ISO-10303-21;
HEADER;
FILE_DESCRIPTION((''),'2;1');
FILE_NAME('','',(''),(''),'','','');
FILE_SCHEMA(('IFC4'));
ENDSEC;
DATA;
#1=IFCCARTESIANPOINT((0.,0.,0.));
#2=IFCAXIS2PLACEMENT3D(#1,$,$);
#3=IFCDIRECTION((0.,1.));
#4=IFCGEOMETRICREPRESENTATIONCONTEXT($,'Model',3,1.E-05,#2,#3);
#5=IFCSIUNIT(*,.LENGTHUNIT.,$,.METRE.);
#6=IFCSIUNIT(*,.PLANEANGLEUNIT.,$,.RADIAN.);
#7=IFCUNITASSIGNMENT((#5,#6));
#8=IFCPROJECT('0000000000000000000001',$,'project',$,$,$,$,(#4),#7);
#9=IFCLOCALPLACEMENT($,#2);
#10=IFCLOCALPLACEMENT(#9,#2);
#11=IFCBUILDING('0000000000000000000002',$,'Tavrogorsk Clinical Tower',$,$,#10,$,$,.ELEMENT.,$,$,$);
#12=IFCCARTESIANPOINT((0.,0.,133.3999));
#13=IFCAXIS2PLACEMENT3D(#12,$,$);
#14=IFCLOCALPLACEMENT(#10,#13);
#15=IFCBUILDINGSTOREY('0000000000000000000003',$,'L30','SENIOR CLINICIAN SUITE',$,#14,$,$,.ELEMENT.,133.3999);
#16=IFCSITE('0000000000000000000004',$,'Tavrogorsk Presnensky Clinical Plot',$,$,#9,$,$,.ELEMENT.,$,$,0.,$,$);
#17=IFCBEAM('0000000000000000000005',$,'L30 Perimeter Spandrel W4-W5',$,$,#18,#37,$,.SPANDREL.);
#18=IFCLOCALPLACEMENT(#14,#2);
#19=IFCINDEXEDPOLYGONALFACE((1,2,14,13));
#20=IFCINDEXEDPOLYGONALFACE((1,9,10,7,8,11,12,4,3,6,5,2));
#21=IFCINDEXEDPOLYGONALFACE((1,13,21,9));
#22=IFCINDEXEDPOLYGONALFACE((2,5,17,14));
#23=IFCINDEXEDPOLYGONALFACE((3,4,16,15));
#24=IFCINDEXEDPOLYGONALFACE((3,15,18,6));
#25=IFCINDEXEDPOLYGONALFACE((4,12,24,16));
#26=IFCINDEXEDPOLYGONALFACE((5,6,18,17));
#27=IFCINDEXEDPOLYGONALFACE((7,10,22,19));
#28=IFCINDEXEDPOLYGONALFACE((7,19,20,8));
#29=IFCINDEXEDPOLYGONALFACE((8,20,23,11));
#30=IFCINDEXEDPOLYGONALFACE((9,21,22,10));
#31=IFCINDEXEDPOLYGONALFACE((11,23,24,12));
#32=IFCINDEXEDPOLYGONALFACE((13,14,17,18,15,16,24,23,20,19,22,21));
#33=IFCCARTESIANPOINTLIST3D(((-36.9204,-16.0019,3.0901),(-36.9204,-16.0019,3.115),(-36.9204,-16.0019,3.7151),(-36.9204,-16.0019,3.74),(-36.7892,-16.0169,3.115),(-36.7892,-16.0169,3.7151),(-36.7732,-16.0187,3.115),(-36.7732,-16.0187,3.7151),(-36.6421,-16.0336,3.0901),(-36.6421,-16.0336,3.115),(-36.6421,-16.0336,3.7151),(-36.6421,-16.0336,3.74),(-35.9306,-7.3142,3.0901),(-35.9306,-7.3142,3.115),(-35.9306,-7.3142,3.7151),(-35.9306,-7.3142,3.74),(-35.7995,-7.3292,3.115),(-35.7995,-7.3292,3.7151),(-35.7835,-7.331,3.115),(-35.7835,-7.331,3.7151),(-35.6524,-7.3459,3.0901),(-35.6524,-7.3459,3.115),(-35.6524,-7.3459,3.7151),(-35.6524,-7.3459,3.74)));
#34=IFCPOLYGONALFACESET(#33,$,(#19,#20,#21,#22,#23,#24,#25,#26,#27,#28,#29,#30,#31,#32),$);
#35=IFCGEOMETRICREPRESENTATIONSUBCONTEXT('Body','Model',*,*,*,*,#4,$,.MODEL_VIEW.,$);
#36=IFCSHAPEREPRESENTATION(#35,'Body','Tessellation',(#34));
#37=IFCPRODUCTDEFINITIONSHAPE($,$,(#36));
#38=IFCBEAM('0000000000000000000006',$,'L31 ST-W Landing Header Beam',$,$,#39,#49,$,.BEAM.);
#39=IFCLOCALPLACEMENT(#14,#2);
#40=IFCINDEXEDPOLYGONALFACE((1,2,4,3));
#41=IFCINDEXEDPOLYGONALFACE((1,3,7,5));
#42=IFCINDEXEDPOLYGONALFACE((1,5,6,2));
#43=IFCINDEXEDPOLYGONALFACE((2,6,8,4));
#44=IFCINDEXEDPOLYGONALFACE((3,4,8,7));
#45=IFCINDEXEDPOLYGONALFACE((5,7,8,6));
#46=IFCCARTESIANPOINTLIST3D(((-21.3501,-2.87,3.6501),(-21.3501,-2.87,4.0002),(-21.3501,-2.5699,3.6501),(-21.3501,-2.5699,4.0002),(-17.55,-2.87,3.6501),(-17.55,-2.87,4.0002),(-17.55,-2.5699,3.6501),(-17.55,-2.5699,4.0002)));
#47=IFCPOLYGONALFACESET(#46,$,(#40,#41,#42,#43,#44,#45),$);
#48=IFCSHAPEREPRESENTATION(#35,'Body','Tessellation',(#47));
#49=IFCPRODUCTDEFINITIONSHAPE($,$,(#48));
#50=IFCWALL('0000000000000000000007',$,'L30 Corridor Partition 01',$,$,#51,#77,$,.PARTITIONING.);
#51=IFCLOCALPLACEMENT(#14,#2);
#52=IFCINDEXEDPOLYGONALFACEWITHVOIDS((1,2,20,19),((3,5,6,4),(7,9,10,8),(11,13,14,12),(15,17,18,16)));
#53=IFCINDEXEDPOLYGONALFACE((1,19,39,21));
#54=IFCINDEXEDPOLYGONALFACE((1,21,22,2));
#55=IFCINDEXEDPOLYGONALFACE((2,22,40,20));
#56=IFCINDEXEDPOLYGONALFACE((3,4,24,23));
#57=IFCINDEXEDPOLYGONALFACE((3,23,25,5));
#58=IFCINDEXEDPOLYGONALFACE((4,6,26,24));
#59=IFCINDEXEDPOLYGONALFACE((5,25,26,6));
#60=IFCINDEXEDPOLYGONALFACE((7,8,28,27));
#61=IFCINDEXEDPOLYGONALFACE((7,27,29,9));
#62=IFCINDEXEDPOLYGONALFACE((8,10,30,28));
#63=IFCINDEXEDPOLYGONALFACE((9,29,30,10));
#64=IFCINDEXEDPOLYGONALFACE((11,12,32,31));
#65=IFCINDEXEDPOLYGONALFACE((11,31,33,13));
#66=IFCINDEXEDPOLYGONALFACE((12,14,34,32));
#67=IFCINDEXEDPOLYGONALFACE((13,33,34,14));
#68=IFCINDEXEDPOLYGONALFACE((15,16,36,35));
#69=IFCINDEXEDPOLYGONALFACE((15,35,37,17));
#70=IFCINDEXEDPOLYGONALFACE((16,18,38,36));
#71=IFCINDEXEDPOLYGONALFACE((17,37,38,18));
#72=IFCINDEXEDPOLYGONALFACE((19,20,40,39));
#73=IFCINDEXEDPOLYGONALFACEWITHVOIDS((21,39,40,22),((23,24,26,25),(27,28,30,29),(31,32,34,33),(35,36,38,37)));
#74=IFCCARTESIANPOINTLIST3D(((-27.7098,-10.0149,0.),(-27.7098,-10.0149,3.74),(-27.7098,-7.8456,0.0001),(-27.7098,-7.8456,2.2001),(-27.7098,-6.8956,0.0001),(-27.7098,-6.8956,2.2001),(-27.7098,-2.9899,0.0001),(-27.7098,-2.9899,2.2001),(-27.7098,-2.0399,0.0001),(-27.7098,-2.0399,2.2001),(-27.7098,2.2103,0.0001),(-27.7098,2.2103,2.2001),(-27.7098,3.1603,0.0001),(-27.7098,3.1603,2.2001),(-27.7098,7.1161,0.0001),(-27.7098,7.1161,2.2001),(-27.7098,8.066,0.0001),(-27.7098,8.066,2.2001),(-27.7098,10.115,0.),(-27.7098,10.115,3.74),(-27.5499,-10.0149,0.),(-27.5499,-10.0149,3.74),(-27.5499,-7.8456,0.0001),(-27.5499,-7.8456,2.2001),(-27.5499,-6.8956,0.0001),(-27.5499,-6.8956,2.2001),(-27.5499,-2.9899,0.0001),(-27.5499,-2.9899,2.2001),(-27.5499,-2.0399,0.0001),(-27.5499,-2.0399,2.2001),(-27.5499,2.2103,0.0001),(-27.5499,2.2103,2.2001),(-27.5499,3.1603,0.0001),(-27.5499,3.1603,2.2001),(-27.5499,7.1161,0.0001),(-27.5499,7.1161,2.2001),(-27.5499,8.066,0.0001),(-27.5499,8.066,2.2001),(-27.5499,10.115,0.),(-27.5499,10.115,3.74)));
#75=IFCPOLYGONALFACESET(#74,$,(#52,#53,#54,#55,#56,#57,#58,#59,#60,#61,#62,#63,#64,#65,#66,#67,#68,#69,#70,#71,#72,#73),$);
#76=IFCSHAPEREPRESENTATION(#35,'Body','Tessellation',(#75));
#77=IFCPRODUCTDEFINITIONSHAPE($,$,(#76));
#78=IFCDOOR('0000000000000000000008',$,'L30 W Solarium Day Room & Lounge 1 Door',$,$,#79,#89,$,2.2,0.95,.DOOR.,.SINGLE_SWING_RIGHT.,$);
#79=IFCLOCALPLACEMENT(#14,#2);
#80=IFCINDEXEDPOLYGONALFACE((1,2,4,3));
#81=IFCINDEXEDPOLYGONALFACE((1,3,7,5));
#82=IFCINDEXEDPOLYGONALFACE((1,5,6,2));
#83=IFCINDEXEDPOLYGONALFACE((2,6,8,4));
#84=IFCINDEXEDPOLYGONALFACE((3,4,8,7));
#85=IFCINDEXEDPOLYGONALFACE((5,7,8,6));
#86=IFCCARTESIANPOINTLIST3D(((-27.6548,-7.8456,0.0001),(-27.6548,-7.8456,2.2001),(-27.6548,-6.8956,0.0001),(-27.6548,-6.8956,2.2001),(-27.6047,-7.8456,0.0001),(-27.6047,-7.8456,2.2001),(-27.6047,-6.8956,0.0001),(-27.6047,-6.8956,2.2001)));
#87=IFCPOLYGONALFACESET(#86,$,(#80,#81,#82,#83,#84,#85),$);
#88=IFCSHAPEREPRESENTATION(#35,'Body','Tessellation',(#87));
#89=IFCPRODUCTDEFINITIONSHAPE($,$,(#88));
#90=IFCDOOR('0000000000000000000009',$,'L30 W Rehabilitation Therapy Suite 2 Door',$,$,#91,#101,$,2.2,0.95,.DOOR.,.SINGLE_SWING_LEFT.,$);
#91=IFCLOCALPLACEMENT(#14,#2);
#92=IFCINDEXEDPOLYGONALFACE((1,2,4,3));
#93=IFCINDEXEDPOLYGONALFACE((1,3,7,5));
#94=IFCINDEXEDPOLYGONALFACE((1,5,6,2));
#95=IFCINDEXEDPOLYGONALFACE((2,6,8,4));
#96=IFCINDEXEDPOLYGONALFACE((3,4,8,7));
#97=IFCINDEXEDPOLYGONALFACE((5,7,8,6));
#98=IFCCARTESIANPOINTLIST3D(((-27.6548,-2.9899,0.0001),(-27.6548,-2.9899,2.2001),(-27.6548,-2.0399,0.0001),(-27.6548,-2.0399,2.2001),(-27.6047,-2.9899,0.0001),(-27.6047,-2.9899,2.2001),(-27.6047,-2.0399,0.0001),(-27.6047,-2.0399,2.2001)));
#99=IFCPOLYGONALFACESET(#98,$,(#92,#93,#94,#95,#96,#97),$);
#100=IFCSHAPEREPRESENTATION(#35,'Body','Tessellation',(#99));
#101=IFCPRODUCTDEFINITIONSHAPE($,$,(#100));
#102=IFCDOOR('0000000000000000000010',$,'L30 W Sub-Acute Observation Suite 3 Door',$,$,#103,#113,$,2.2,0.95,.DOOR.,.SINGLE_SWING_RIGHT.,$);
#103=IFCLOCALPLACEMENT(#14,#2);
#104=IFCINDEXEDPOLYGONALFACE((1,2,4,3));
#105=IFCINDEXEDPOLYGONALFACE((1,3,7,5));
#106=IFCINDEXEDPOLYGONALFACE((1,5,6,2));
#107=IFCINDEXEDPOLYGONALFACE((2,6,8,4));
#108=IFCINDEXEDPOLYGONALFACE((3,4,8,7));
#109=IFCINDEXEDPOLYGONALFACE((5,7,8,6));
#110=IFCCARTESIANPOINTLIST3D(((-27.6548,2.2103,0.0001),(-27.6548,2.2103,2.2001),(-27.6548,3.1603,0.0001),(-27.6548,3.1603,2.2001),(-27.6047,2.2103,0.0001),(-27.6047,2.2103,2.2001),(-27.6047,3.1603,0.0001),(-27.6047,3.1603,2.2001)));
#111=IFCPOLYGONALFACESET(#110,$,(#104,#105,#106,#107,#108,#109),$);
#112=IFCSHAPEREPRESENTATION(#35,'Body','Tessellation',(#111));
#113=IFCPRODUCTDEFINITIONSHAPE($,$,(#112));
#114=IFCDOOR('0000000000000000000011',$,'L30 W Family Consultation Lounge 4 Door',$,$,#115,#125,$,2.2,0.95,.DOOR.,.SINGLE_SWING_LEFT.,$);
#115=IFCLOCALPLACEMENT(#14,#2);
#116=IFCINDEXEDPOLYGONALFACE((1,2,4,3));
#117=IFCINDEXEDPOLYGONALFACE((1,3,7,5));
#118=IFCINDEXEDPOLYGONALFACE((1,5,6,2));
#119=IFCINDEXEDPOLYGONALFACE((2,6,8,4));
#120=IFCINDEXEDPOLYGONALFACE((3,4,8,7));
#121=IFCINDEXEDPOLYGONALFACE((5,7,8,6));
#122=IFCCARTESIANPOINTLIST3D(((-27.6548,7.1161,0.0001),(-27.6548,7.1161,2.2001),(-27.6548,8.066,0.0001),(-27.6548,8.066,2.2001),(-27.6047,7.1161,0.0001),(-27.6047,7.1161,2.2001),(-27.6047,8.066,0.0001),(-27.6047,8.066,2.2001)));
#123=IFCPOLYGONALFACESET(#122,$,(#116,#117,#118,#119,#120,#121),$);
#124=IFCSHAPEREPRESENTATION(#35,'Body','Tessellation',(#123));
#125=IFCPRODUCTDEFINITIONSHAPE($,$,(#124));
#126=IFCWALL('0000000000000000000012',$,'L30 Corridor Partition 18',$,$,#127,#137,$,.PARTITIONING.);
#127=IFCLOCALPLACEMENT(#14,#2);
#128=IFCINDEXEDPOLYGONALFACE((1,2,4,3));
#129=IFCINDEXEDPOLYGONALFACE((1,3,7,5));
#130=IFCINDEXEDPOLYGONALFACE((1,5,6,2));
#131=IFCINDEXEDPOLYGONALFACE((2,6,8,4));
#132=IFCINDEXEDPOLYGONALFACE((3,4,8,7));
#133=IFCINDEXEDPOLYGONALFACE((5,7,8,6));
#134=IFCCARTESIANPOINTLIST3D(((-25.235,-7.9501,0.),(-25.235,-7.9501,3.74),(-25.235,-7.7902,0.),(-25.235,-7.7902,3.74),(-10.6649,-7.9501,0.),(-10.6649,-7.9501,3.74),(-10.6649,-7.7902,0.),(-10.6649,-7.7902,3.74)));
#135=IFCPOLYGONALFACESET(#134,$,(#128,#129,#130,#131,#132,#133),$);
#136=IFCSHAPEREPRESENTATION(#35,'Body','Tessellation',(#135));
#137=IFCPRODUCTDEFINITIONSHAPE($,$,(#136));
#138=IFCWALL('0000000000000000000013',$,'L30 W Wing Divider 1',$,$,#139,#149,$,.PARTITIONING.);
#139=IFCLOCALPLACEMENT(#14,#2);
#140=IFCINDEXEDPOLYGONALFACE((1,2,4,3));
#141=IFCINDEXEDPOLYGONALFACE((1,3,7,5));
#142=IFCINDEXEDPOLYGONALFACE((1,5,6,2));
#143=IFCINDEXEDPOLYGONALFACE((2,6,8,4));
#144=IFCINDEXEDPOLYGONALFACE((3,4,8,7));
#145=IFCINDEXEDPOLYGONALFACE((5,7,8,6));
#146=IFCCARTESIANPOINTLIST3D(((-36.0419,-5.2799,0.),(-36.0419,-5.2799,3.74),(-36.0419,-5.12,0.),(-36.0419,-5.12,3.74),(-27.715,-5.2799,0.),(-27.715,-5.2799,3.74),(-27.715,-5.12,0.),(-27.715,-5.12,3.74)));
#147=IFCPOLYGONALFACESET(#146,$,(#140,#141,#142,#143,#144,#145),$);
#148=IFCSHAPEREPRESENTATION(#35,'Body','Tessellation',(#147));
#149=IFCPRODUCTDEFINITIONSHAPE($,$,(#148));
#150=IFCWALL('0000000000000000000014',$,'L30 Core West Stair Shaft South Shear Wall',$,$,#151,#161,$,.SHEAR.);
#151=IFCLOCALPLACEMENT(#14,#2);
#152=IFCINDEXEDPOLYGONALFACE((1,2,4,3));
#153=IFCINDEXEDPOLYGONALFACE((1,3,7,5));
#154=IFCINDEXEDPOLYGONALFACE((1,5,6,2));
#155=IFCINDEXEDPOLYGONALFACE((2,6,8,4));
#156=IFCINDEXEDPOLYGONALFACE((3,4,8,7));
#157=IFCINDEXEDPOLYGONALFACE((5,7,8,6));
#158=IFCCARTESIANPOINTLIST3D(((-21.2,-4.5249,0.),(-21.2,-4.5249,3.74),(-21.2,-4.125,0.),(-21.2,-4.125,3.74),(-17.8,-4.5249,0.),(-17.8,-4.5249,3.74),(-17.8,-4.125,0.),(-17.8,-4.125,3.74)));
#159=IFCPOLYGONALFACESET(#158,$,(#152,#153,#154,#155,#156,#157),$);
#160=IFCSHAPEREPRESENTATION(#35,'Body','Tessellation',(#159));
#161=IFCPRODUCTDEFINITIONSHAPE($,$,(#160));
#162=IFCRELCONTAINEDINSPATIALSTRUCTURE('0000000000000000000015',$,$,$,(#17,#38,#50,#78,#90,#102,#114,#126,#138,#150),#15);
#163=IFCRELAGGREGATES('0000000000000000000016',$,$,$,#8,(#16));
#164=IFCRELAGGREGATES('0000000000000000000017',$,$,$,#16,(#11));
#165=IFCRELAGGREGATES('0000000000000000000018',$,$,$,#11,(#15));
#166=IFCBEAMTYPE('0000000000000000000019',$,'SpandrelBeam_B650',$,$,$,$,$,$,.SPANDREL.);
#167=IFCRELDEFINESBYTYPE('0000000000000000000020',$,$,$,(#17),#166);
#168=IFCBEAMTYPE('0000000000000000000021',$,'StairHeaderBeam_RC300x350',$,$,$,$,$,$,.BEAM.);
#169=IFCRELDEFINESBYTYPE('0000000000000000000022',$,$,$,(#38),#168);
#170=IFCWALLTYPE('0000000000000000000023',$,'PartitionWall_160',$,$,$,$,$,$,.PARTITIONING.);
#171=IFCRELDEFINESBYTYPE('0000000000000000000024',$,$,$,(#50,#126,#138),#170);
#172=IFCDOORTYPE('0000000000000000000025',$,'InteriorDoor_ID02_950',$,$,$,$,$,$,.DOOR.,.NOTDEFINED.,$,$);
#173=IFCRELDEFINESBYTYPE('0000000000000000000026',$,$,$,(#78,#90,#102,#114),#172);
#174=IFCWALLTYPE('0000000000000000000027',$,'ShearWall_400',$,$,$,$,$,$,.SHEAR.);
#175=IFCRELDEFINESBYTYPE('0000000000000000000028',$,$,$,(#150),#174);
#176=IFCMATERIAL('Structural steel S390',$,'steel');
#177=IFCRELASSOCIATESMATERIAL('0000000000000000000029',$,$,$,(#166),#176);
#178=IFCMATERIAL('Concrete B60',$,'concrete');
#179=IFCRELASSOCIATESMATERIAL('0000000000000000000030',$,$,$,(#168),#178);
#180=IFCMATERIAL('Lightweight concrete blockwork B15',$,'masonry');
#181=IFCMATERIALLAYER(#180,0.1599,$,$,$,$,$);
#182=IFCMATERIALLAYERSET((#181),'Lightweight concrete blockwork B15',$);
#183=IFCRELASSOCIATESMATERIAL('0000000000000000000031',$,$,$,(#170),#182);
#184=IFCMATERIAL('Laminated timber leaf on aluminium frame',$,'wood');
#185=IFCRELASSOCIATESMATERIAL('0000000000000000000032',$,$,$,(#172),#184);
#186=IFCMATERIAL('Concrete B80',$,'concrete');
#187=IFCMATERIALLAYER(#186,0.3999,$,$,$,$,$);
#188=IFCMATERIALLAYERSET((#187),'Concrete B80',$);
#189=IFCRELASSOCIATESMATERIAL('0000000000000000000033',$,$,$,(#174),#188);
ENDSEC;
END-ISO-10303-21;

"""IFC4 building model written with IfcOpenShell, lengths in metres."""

from ifc_helpers import new_model, si_unit, direction, frame, frame_2d, origin, origin_2d, place, context, subcontext, project, spatial, rectangle, i_section, extrude, material, layer, layer_set, material_profile, profile_set, type_object, element, fill, save


model = new_model("IFC4")

# Units and contexts
model_context = context("Model", 3, precision=1e-05, world=origin(), true_north=direction((0.0, 1.0)))
body_context = subcontext(model_context, "Body", "Model", "MODEL_VIEW")
ifc_project = project(units=[si_unit("LENGTHUNIT", "METRE"), si_unit("PLANEANGLEUNIT", "RADIAN")], contexts=[model_context])

# Site, building, storey
site_placement = place(None, origin())
site = spatial("IfcSite", under=ifc_project, at=site_placement, Name="Tavrogorsk Presnensky Clinical Plot", CompositionType="ELEMENT", RefElevation=0.0)
building_placement = place(site_placement, origin())
building = spatial("IfcBuilding", under=site, at=building_placement, Name="Tavrogorsk Clinical Tower", CompositionType="ELEMENT")
storey_placement = place(building_placement, frame((0.0, 0.0, 133.3999)))
storey = spatial("IfcBuildingStorey", under=building, at=storey_placement, Name="L30", Description="SENIOR CLINICIAN SUITE", CompositionType="ELEMENT", Elevation=133.3999)

# Beams
ifc_material_1 = material(Name="Structural steel S390", Category="steel")
ifc_material_profile_1 = material_profile(ifc_material_1, i_section(OverallWidth=0.28, OverallDepth=0.6499, WebThickness=0.0161, FlangeThickness=0.0249, at=origin_2d()), Name="B-650x280x16x25")
ifc_profile_set_1 = profile_set([ifc_material_profile_1], Name="Structural steel S390")
beam_type_1 = type_object("IfcBeamType", Name="SpandrelBeam_B650", PredefinedType="SPANDREL", material=ifc_profile_set_1)
beam_1_placement = place(storey_placement, frame((-35.7915, -7.3301, 3.415), z_axis=(-0.113192, -0.993573, 0.0), x_axis=(0.993573, -0.113192, 0.0)))
element("IfcBeam", 1, at=beam_1_placement, inside=storey, type_object=beam_type_1, Name="L30 Perimeter Spandrel W4-W5", PredefinedType="SPANDREL", context=body_context, shape_type="SweptSolid", body=[
    extrude(i_section(OverallWidth=0.28, OverallDepth=0.6499, WebThickness=0.0161, FlangeThickness=0.0249, at=origin_2d()), origin(), (0.0, 0.0, 1.0), 8.7439),
])
ifc_material_2 = material(Name="Concrete B60", Category="concrete")
ifc_material_profile_2 = material_profile(ifc_material_2, rectangle(XDim=0.3, YDim=0.3501, at=origin_2d()), Name="RC-SHB-300x350")
ifc_profile_set_2 = profile_set([ifc_material_profile_2], Name="Concrete B60")
beam_type_2 = type_object("IfcBeamType", Name="StairHeaderBeam_RC300x350", PredefinedType="BEAM", material=ifc_profile_set_2)
beam_2_placement = place(storey_placement, frame((-21.3501, -2.72, 3.8252), z_axis=(1.0, 0.0, 0.0), x_axis=(0.0, 1.0, 0.0)))
element("IfcBeam", 2, at=beam_2_placement, inside=storey, type_object=beam_type_2, Name="L31 ST-W Landing Header Beam", PredefinedType="BEAM", context=body_context, shape_type="SweptSolid", body=[
    extrude(rectangle(XDim=0.3, YDim=0.3501, at=origin_2d()), origin(), (0.0, 0.0, 1.0), 3.8),
])

# Wall, openings, doors
ifc_material_3 = material(Name="Lightweight concrete blockwork B15", Category="masonry")
ifc_layer_1 = layer(ifc_material_3, 0.1599)
ifc_layer_set_1 = layer_set([ifc_layer_1], Name="Lightweight concrete blockwork B15")
wall_type_1 = type_object("IfcWallType", Name="PartitionWall_160", PredefinedType="PARTITIONING", material=ifc_layer_set_1)
wall_1_placement = place(storey_placement, frame((-27.6299, -10.0149, 0.0), z_axis=(0.0, 0.0, 1.0), x_axis=(0.0, 1.0, 0.0)))
wall_1 = element("IfcWall", 3, at=wall_1_placement, inside=storey, type_object=wall_type_1, Name="L30 Corridor Partition 01", PredefinedType="PARTITIONING", context=body_context, shape_type="SweptSolid", body=[
    extrude(rectangle(XDim=20.1299, YDim=0.1599, at=frame_2d((10.0649, 0.0))), origin(), (0.0, 0.0, 1.0), 3.74),
])
opening_1_placement = place(wall_1_placement, frame((2.1692, 0.0, 0.0)))
opening_1 = element("IfcOpeningElement", 4, at=opening_1_placement, cuts=wall_1, PredefinedType="OPENING", context=body_context, shape_type="SweptSolid", body=[
    extrude(rectangle(XDim=0.95, YDim=2.2, at=frame_2d((0.4751, 1.1001))), frame((0.0, 0.0898, 0.0), z_axis=(0.0, -1.0, 0.0), x_axis=(1.0, 0.0, 0.0)), (0.0, 0.0, 1.0), 0.1799),
])
opening_2_placement = place(wall_1_placement, frame((7.0249, 0.0, 0.0)))
opening_2 = element("IfcOpeningElement", 5, at=opening_2_placement, cuts=wall_1, PredefinedType="OPENING", context=body_context, shape_type="SweptSolid", body=[
    extrude(rectangle(XDim=0.95, YDim=2.2, at=frame_2d((0.4751, 1.1001))), frame((0.0, 0.0898, 0.0), z_axis=(0.0, -1.0, 0.0), x_axis=(1.0, 0.0, 0.0)), (0.0, 0.0, 1.0), 0.1799),
])
opening_3_placement = place(wall_1_placement, frame((12.2251, 0.0, 0.0)))
opening_3 = element("IfcOpeningElement", 6, at=opening_3_placement, cuts=wall_1, PredefinedType="OPENING", context=body_context, shape_type="SweptSolid", body=[
    extrude(rectangle(XDim=0.95, YDim=2.2, at=frame_2d((0.4751, 1.1001))), frame((0.0, 0.0898, 0.0), z_axis=(0.0, -1.0, 0.0), x_axis=(1.0, 0.0, 0.0)), (0.0, 0.0, 1.0), 0.1799),
])
opening_4_placement = place(wall_1_placement, frame((17.1309, 0.0, 0.0)))
opening_4 = element("IfcOpeningElement", 7, at=opening_4_placement, cuts=wall_1, PredefinedType="OPENING", context=body_context, shape_type="SweptSolid", body=[
    extrude(rectangle(XDim=0.95, YDim=2.2, at=frame_2d((0.4751, 1.1001))), frame((0.0, 0.0898, 0.0), z_axis=(0.0, -1.0, 0.0), x_axis=(1.0, 0.0, 0.0)), (0.0, 0.0, 1.0), 0.1799),
])
ifc_material_4 = material(Name="Laminated timber leaf on aluminium frame", Category="wood")
door_type = type_object("IfcDoorType", Name="InteriorDoor_ID02_950", OperationType="NOTDEFINED", PredefinedType="DOOR", material=ifc_material_4)
door_1_placement = place(opening_1_placement, origin())
door_1 = element("IfcDoor", 8, at=door_1_placement, inside=storey, type_object=door_type, Name="L30 W Solarium Day Room & Lounge 1 Door", OperationType="SINGLE_SWING_RIGHT", OverallHeight=2.2, OverallWidth=0.95, PredefinedType="DOOR", context=body_context, shape_type="SweptSolid", body=[
    extrude(rectangle(XDim=0.95, YDim=2.2, at=frame_2d((0.4751, 1.1001))), frame((0.0, 0.0249, 0.0), z_axis=(0.0, -1.0, 0.0), x_axis=(1.0, 0.0, 0.0)), (0.0, 0.0, 1.0), 0.05),
])
fill(opening_1, door_1)
door_2_placement = place(opening_2_placement, origin())
door_2 = element("IfcDoor", 9, at=door_2_placement, inside=storey, type_object=door_type, Name="L30 W Rehabilitation Therapy Suite 2 Door", OperationType="SINGLE_SWING_LEFT", OverallHeight=2.2, OverallWidth=0.95, PredefinedType="DOOR", context=body_context, shape_type="SweptSolid", body=[
    extrude(rectangle(XDim=0.95, YDim=2.2, at=frame_2d((0.4751, 1.1001))), frame((0.0, 0.0249, 0.0), z_axis=(0.0, -1.0, 0.0), x_axis=(1.0, 0.0, 0.0)), (0.0, 0.0, 1.0), 0.05),
])
fill(opening_2, door_2)
door_3_placement = place(opening_3_placement, origin())
door_3 = element("IfcDoor", 10, at=door_3_placement, inside=storey, type_object=door_type, Name="L30 W Sub-Acute Observation Suite 3 Door", OperationType="SINGLE_SWING_RIGHT", OverallHeight=2.2, OverallWidth=0.95, PredefinedType="DOOR", context=body_context, shape_type="SweptSolid", body=[
    extrude(rectangle(XDim=0.95, YDim=2.2, at=frame_2d((0.4751, 1.1001))), frame((0.0, 0.0249, 0.0), z_axis=(0.0, -1.0, 0.0), x_axis=(1.0, 0.0, 0.0)), (0.0, 0.0, 1.0), 0.05),
])
fill(opening_3, door_3)
door_4_placement = place(opening_4_placement, origin())
door_4 = element("IfcDoor", 11, at=door_4_placement, inside=storey, type_object=door_type, Name="L30 W Family Consultation Lounge 4 Door", OperationType="SINGLE_SWING_LEFT", OverallHeight=2.2, OverallWidth=0.95, PredefinedType="DOOR", context=body_context, shape_type="SweptSolid", body=[
    extrude(rectangle(XDim=0.95, YDim=2.2, at=frame_2d((0.4751, 1.1001))), frame((0.0, 0.0249, 0.0), z_axis=(0.0, -1.0, 0.0), x_axis=(1.0, 0.0, 0.0)), (0.0, 0.0, 1.0), 0.05),
])
fill(opening_4, door_4)

# Walls
wall_2_placement = place(storey_placement, frame((-25.2351, -7.8701, 0.0), z_axis=(0.0, 0.0, 1.0), x_axis=(1.0, 0.0, 0.0)))
element("IfcWall", 12, at=wall_2_placement, inside=storey, type_object=wall_type_1, Name="L30 Corridor Partition 18", PredefinedType="PARTITIONING", context=body_context, shape_type="SweptSolid", body=[
    extrude(rectangle(XDim=14.5701, YDim=0.1599, at=frame_2d((7.2852, 0.0))), origin(), (0.0, 0.0, 1.0), 3.74),
])
wall_3_placement = place(storey_placement, frame((-36.042, -5.2, 0.0), z_axis=(0.0, 0.0, 1.0), x_axis=(1.0, 0.0, 0.0)))
element("IfcWall", 13, at=wall_3_placement, inside=storey, type_object=wall_type_1, Name="L30 W Wing Divider 1", PredefinedType="PARTITIONING", context=body_context, shape_type="SweptSolid", body=[
    extrude(rectangle(XDim=8.3269, YDim=0.1599, at=frame_2d((4.1636, 0.0))), origin(), (0.0, 0.0, 1.0), 3.74),
])
ifc_material_5 = material(Name="Concrete B80", Category="concrete")
ifc_layer_2 = layer(ifc_material_5, 0.3999)
ifc_layer_set_2 = layer_set([ifc_layer_2], Name="Concrete B80")
wall_type_2 = type_object("IfcWallType", Name="ShearWall_400", PredefinedType="SHEAR", material=ifc_layer_set_2)
wall_4_placement = place(storey_placement, frame((-21.2, -4.325, 0.0), z_axis=(0.0, 0.0, 1.0), x_axis=(1.0, 0.0, 0.0)))
element("IfcWall", 14, at=wall_4_placement, inside=storey, type_object=wall_type_2, Name="L30 Core West Stair Shaft South Shear Wall", PredefinedType="SHEAR", context=body_context, shape_type="SweptSolid", body=[
    extrude(rectangle(XDim=3.3999, YDim=0.3999, at=frame_2d((1.7, 0.0))), origin(), (0.0, 0.0, 1.0), 3.74),
])

save(model, "model.ifc")
